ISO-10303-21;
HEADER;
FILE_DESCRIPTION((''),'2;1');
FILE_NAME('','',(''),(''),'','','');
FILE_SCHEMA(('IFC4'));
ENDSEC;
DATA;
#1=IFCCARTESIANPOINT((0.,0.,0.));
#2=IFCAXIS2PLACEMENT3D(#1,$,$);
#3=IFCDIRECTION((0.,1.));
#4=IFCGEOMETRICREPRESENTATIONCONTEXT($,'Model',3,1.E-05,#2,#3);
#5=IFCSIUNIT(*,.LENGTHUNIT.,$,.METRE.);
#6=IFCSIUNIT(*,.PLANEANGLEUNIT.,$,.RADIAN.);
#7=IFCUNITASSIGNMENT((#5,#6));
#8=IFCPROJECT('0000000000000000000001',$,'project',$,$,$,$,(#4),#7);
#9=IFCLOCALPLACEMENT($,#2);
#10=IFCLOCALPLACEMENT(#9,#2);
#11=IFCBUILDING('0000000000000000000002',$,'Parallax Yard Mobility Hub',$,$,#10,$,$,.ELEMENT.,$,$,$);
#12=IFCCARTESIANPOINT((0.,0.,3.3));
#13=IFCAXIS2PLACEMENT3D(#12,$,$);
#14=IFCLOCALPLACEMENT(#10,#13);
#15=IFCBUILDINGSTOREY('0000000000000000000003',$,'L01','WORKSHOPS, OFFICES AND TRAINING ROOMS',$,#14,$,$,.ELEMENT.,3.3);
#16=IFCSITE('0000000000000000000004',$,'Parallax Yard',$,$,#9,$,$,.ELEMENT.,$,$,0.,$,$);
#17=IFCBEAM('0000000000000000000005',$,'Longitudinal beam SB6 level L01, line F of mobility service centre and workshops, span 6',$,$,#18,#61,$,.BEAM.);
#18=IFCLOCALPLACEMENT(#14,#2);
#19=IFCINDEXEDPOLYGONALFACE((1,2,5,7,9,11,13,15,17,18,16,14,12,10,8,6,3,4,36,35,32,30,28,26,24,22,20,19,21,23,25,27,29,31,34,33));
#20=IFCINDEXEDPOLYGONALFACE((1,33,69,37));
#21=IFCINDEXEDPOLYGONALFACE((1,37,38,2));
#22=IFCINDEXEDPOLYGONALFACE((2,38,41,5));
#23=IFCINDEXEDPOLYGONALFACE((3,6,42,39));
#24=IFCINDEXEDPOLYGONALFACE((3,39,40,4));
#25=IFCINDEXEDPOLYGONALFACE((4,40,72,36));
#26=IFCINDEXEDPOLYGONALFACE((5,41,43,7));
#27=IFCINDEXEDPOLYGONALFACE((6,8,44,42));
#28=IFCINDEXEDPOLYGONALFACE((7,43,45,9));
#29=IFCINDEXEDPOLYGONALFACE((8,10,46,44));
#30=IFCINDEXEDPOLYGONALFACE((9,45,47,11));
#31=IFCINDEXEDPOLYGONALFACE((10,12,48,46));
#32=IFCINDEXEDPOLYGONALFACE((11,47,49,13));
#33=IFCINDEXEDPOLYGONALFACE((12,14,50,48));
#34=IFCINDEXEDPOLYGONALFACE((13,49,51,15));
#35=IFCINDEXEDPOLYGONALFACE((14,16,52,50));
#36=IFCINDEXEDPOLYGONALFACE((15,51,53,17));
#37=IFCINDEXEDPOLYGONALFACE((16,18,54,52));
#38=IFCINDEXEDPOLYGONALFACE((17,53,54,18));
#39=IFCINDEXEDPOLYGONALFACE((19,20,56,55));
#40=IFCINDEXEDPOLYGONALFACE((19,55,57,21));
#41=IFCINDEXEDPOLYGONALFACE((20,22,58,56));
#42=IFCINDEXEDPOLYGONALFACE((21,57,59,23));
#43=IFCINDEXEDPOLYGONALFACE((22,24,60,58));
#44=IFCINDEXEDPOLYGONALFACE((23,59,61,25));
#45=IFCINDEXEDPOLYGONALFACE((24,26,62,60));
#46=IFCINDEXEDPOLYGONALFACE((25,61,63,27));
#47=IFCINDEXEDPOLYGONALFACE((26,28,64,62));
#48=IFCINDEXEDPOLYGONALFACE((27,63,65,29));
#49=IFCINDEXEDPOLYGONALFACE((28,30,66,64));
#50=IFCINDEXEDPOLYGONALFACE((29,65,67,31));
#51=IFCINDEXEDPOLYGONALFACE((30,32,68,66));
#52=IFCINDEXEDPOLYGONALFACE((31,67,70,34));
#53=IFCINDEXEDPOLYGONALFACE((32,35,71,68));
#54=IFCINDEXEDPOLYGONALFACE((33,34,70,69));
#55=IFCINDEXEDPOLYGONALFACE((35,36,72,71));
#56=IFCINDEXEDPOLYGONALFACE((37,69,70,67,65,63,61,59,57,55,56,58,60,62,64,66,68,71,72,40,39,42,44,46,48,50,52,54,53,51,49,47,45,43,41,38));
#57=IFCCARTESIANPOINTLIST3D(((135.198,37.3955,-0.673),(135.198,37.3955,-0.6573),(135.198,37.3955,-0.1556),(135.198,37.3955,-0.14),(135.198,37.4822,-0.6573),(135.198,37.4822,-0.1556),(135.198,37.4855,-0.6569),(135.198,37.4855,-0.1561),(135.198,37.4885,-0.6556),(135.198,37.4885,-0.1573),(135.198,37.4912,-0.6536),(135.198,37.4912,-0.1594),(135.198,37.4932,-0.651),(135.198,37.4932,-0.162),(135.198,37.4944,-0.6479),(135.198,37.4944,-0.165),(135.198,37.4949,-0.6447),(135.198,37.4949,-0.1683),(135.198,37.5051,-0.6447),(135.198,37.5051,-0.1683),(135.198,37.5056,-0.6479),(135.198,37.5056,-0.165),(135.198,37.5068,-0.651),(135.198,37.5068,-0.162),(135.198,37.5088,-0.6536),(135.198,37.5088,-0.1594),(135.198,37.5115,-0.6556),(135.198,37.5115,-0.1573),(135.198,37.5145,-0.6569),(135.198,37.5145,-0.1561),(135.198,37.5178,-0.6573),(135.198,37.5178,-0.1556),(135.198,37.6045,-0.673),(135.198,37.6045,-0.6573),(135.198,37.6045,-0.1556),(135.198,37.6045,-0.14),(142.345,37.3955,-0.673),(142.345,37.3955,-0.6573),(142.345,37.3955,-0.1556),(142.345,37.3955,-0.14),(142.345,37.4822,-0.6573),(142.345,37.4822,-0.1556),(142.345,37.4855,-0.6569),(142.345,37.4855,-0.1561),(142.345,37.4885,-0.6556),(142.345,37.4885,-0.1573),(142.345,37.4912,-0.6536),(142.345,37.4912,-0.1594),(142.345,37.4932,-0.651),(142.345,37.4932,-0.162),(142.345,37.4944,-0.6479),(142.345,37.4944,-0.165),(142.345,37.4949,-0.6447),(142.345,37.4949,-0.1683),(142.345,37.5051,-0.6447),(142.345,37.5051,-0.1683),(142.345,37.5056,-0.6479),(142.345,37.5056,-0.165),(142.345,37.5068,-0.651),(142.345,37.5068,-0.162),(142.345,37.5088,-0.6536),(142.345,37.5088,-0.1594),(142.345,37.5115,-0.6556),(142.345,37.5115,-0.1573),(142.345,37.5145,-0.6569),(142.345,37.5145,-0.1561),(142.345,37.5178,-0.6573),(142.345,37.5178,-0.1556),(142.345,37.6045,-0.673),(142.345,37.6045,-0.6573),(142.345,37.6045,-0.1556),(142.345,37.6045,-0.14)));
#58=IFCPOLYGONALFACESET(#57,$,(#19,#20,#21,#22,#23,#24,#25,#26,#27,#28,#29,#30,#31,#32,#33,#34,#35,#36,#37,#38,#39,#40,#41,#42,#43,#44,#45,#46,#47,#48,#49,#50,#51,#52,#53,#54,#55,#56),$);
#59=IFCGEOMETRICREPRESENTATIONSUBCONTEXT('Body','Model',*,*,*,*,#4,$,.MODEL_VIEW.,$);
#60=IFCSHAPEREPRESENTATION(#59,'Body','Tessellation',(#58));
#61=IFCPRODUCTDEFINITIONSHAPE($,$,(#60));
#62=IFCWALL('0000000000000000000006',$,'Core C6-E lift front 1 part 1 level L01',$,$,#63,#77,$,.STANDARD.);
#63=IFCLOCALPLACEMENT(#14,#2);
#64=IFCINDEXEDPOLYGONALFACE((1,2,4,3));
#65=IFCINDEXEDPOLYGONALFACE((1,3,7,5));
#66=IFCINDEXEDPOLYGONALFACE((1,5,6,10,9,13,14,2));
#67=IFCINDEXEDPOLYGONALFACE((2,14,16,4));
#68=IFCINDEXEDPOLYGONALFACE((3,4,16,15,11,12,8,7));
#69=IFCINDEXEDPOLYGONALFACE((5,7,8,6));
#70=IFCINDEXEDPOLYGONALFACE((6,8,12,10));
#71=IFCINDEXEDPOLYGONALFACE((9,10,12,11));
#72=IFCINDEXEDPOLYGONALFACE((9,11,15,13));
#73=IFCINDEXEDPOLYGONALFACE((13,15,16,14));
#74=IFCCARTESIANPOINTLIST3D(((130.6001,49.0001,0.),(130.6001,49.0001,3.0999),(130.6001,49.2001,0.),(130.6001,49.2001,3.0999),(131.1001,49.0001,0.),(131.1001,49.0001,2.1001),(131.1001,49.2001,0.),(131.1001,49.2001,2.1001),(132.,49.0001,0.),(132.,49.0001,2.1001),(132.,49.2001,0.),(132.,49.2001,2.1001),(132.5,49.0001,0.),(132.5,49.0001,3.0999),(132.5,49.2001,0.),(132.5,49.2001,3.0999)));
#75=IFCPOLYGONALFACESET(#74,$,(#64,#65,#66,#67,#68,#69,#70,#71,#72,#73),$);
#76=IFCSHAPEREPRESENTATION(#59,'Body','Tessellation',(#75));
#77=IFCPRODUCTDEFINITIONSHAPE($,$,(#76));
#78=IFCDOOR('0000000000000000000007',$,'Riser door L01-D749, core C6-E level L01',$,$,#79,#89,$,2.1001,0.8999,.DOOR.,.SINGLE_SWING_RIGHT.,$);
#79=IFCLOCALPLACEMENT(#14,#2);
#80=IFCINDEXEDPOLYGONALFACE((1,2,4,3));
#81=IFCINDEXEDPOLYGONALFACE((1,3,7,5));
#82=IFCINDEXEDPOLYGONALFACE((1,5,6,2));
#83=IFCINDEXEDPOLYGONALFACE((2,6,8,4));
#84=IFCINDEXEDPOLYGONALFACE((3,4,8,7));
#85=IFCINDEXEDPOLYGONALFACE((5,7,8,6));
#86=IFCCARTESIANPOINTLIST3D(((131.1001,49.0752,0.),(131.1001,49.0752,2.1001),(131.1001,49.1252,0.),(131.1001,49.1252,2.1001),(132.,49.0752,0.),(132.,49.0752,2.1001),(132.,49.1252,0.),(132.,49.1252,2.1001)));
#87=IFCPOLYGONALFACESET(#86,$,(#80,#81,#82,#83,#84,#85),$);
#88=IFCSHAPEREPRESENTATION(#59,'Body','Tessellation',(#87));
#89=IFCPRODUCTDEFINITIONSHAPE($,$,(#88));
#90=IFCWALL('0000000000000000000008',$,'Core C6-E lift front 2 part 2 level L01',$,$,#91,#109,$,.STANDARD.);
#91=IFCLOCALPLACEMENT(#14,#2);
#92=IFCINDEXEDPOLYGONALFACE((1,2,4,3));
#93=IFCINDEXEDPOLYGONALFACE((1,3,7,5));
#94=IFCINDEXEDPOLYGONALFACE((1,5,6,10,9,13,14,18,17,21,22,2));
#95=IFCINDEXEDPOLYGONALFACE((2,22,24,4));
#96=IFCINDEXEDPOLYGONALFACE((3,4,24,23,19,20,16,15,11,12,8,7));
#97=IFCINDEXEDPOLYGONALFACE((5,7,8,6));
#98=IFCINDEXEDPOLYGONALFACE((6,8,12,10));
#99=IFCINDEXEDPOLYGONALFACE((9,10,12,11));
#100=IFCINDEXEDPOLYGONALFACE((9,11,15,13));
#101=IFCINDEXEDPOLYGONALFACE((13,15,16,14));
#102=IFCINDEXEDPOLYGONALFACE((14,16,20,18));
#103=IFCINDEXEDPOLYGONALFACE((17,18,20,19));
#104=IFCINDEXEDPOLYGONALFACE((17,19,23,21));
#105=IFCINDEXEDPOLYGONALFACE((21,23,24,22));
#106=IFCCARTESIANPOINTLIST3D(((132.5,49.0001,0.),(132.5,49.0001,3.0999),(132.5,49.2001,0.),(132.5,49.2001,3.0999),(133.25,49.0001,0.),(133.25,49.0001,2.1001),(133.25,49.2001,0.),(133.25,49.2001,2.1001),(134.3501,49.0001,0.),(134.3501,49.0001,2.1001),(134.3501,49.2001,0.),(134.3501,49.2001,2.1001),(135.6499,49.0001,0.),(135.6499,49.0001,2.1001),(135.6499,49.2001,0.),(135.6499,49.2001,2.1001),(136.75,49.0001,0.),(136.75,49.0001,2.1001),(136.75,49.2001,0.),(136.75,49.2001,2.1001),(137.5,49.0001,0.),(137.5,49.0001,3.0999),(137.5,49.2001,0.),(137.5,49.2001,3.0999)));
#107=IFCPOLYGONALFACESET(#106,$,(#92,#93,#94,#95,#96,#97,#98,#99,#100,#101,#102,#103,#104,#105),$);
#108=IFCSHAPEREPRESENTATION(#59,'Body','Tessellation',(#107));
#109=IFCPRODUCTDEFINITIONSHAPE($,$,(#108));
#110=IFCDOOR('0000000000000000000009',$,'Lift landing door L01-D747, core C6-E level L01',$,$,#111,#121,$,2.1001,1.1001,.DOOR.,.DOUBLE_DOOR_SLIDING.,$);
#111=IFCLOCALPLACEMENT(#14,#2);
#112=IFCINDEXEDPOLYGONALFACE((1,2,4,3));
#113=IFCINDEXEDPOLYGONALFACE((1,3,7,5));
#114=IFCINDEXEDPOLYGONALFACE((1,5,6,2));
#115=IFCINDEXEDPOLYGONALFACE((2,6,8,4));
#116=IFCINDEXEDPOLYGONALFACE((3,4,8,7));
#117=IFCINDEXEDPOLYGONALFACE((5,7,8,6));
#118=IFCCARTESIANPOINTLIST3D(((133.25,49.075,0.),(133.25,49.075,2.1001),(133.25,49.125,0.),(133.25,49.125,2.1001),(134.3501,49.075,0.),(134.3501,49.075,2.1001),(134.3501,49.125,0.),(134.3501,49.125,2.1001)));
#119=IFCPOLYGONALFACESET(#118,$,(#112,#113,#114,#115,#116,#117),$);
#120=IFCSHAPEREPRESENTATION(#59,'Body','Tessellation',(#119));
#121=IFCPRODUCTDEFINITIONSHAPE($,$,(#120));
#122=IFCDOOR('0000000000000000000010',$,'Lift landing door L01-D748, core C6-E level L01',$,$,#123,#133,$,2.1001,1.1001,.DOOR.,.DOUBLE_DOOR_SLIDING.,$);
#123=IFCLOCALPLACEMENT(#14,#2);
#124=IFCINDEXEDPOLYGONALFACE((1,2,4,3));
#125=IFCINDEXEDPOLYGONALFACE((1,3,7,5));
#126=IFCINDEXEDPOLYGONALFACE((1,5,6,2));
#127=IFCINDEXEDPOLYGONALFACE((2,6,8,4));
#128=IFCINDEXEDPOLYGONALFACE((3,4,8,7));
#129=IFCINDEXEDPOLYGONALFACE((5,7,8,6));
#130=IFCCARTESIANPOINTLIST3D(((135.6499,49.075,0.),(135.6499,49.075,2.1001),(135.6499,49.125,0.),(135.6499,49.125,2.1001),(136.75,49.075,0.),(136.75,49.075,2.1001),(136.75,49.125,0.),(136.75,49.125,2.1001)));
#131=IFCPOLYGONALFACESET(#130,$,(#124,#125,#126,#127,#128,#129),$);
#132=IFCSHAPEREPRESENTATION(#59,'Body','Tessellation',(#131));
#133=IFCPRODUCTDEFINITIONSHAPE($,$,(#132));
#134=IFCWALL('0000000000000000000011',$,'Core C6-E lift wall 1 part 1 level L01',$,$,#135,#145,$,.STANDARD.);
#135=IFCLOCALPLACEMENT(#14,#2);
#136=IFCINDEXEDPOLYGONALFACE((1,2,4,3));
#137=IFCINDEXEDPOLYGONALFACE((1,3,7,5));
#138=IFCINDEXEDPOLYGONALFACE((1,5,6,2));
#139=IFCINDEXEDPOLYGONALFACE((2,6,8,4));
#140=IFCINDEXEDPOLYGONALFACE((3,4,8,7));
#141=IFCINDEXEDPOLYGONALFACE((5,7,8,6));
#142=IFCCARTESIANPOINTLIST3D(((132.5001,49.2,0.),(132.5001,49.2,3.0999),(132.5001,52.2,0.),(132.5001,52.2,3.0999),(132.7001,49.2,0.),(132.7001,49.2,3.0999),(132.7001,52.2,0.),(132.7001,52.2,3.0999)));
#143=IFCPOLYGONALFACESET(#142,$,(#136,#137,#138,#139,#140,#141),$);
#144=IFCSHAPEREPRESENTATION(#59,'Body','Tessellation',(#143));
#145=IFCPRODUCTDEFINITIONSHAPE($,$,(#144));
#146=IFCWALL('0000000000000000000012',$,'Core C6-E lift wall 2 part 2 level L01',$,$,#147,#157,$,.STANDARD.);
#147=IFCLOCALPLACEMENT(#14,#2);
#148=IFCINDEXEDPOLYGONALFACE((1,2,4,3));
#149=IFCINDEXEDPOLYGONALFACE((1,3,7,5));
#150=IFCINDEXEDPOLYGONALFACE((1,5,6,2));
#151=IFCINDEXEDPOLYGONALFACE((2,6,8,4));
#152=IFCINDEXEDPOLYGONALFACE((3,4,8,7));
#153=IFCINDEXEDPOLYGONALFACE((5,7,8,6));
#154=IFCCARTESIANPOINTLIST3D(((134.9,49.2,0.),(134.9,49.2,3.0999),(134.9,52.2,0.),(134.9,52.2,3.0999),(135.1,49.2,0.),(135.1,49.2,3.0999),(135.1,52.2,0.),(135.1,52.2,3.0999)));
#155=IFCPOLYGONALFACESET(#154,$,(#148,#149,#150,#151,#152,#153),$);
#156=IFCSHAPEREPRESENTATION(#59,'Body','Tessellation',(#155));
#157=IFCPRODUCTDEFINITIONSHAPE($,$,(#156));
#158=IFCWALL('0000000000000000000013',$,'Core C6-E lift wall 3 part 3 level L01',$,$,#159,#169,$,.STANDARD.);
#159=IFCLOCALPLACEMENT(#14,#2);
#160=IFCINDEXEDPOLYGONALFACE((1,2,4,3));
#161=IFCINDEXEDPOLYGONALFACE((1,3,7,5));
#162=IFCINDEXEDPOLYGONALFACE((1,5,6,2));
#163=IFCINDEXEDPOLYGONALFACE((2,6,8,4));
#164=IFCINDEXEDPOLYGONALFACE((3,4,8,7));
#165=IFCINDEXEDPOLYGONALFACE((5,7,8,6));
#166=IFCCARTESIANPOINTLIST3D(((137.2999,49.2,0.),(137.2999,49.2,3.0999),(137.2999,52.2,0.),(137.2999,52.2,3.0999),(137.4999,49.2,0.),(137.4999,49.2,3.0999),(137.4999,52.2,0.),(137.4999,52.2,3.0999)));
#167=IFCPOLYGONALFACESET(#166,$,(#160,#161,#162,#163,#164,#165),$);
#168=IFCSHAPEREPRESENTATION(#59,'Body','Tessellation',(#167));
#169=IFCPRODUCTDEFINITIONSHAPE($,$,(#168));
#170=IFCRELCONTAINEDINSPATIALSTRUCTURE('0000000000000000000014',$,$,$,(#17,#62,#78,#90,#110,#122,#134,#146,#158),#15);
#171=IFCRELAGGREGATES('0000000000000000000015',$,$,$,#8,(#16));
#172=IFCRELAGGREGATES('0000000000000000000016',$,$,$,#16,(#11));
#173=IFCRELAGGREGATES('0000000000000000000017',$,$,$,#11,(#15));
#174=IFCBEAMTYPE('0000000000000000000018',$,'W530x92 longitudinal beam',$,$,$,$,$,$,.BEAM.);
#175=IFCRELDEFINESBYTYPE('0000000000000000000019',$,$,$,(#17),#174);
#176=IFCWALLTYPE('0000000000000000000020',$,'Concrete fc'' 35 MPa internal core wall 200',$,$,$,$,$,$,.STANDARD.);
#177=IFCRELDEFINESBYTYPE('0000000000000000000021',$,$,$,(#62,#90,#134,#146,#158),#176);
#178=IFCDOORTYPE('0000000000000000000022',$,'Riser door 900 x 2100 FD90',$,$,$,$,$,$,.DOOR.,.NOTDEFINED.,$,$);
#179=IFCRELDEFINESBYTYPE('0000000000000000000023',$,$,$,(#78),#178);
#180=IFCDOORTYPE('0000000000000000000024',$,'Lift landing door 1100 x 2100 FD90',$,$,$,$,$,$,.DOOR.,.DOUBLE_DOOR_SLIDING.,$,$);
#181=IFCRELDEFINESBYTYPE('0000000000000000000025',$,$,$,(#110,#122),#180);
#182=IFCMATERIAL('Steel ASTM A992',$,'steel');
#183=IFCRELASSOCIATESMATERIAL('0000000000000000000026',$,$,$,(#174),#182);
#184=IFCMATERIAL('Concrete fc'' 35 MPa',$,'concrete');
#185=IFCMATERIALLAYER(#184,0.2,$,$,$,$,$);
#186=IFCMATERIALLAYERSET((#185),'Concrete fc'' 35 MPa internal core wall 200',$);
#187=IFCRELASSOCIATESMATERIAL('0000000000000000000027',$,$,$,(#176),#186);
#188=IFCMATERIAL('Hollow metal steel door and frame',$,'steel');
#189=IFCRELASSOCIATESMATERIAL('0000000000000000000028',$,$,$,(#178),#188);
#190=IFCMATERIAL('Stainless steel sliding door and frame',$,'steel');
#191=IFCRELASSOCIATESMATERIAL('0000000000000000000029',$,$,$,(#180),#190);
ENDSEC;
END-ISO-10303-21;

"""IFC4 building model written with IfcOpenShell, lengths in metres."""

from ifc_helpers import new_model, si_unit, direction, frame, frame_2d, origin, origin_2d, place, context, subcontext, project, spatial, rectangle, i_section, extrude, material, layer, layer_set, material_profile, profile_set, type_object, element, fill, save


model = new_model("IFC4")

# Units and contexts
model_context = context("Model", 3, precision=1e-05, world=origin(), true_north=direction((0.0, 1.0)))
body_context = subcontext(model_context, "Body", "Model", "MODEL_VIEW")
ifc_project = project(units=[si_unit("LENGTHUNIT", "METRE"), si_unit("PLANEANGLEUNIT", "RADIAN")], contexts=[model_context])

# Site, building, storey
site_placement = place(None, origin())
site = spatial("IfcSite", under=ifc_project, at=site_placement, Name="Parallax Yard", CompositionType="ELEMENT", RefElevation=0.0)
building_placement = place(site_placement, origin())
building = spatial("IfcBuilding", under=site, at=building_placement, Name="Parallax Yard Mobility Hub", CompositionType="ELEMENT")
storey_placement = place(building_placement, frame((0.0, 0.0, 3.3)))
storey = spatial("IfcBuildingStorey", under=building, at=storey_placement, Name="L01", Description="WORKSHOPS, OFFICES AND TRAINING ROOMS", CompositionType="ELEMENT", Elevation=3.3)

# Shared definitions
ifc_material_1 = material(Name="Steel ASTM A992", Category="steel")

# Beam
ifc_material_profile_1 = material_profile(ifc_material_1, i_section(OverallWidth=0.209, OverallDepth=0.533, WebThickness=0.0103, FlangeThickness=0.0156, FilletRadius=0.0127, at=origin_2d()), Name="W530x92")
ifc_profile_set_1 = profile_set([ifc_material_profile_1], Name="Steel ASTM A992")
beam_type_1 = type_object("IfcBeamType", Name="W530x92 longitudinal beam", PredefinedType="BEAM", material=ifc_profile_set_1)
beam_1_placement = place(storey_placement, frame((135.198, 37.5, -0.4065), z_axis=(1.0, 0.0, 0.0), x_axis=(0.0, 1.0, 0.0)))
element("IfcBeam", 1, at=beam_1_placement, inside=storey, type_object=beam_type_1, Name="Longitudinal beam SB6 level L01, line F of mobility service centre and workshops, span 6", PredefinedType="BEAM", context=body_context, shape_type="SweptSolid", body=[
    extrude(i_section(OverallWidth=0.209, OverallDepth=0.533, WebThickness=0.0103, FlangeThickness=0.0156, FilletRadius=0.0127, at=origin_2d()), origin(), (0.0, 0.0, 1.0), 7.147),
])

# Wall, opening, door
ifc_material_2 = material(Name="Concrete fc' 35 MPa", Category="concrete")
ifc_layer_1 = layer(ifc_material_2, 0.2)
ifc_layer_set_1 = layer_set([ifc_layer_1], Name="Concrete fc' 35 MPa internal core wall 200")
wall_type_1 = type_object("IfcWallType", Name="Concrete fc' 35 MPa internal core wall 200", PredefinedType="STANDARD", material=ifc_layer_set_1)
wall_1_placement = place(storey_placement, frame((132.5, 49.1001, 0.0), z_axis=(0.0, 0.0, 1.0), x_axis=(-1.0, 0.0, 0.0)))
wall_1 = element("IfcWall", 2, at=wall_1_placement, inside=storey, type_object=wall_type_1, Name="Core C6-E lift front 1 part 1 level L01", PredefinedType="STANDARD", context=body_context, shape_type="SweptSolid", body=[
    extrude(rectangle(XDim=1.8999, YDim=0.2, at=frame_2d((0.95, 0.0))), origin(), (0.0, 0.0, 1.0), 3.0999),
])
opening_1_placement = place(wall_1_placement, frame((0.5, 0.0, 0.0)))
opening_1 = element("IfcOpeningElement", 3, at=opening_1_placement, cuts=wall_1, PredefinedType="OPENING", context=body_context, shape_type="SweptSolid", body=[
    extrude(rectangle(XDim=0.8999, YDim=2.1001, at=frame_2d((0.45, 1.05))), frame((0.0, 0.1099, 0.0), z_axis=(0.0, -1.0, 0.0), x_axis=(1.0, 0.0, 0.0)), (0.0, 0.0, 1.0), 0.22),
])
ifc_material_3 = material(Name="Hollow metal steel door and frame", Category="steel")
door_type_1 = type_object("IfcDoorType", Name="Riser door 900 x 2100 FD90", OperationType="NOTDEFINED", PredefinedType="DOOR", material=ifc_material_3)
door_1_placement = place(opening_1_placement, origin())
door_1 = element("IfcDoor", 4, at=door_1_placement, inside=storey, type_object=door_type_1, Name="Riser door L01-D749, core C6-E level L01", OperationType="SINGLE_SWING_RIGHT", OverallHeight=2.1001, OverallWidth=0.8999, PredefinedType="DOOR", context=body_context, shape_type="SweptSolid", body=[
    extrude(rectangle(XDim=0.8999, YDim=2.1001, at=frame_2d((0.45, 1.05))), frame((0.0, 0.0249, 0.0), z_axis=(0.0, -1.0, 0.0), x_axis=(1.0, 0.0, 0.0)), (0.0, 0.0, 1.0), 0.05),
])
fill(opening_1, door_1)

# Wall, openings, doors
wall_2_placement = place(storey_placement, frame((132.5, 49.1001, 0.0), z_axis=(0.0, 0.0, 1.0), x_axis=(1.0, 0.0, 0.0)))
wall_2 = element("IfcWall", 5, at=wall_2_placement, inside=storey, type_object=wall_type_1, Name="Core C6-E lift front 2 part 2 level L01", PredefinedType="STANDARD", context=body_context, shape_type="SweptSolid", body=[
    extrude(rectangle(XDim=5.0, YDim=0.2, at=frame_2d((2.5, 0.0))), origin(), (0.0, 0.0, 1.0), 3.0999),
])
opening_2_placement = place(wall_2_placement, frame((0.75, 0.0, 0.0)))
opening_2 = element("IfcOpeningElement", 6, at=opening_2_placement, cuts=wall_2, PredefinedType="OPENING", context=body_context, shape_type="SweptSolid", body=[
    extrude(rectangle(XDim=1.1001, YDim=2.1001, at=frame_2d((0.55, 1.05))), frame((0.0, 0.1099, 0.0), z_axis=(0.0, -1.0, 0.0), x_axis=(1.0, 0.0, 0.0)), (0.0, 0.0, 1.0), 0.22),
])
opening_3_placement = place(wall_2_placement, frame((3.1499, 0.0, 0.0)))
opening_3 = element("IfcOpeningElement", 7, at=opening_3_placement, cuts=wall_2, PredefinedType="OPENING", context=body_context, shape_type="SweptSolid", body=[
    extrude(rectangle(XDim=1.1001, YDim=2.1001, at=frame_2d((0.55, 1.05))), frame((0.0, 0.1099, 0.0), z_axis=(0.0, -1.0, 0.0), x_axis=(1.0, 0.0, 0.0)), (0.0, 0.0, 1.0), 0.22),
])
ifc_material_4 = material(Name="Stainless steel sliding door and frame", Category="steel")
door_type_2 = type_object("IfcDoorType", Name="Lift landing door 1100 x 2100 FD90", OperationType="DOUBLE_DOOR_SLIDING", PredefinedType="DOOR", material=ifc_material_4)
door_2_placement = place(opening_2_placement, origin())
door_2 = element("IfcDoor", 8, at=door_2_placement, inside=storey, type_object=door_type_2, Name="Lift landing door L01-D747, core C6-E level L01", OperationType="DOUBLE_DOOR_SLIDING", OverallHeight=2.1001, OverallWidth=1.1001, PredefinedType="DOOR", context=body_context, shape_type="SweptSolid", body=[
    extrude(rectangle(XDim=1.1001, YDim=2.1001, at=frame_2d((0.55, 1.05))), frame((0.0, 0.0249, 0.0), z_axis=(0.0, -1.0, 0.0), x_axis=(1.0, 0.0, 0.0)), (0.0, 0.0, 1.0), 0.05),
])
fill(opening_2, door_2)
door_3_placement = place(opening_3_placement, origin())
door_3 = element("IfcDoor", 9, at=door_3_placement, inside=storey, type_object=door_type_2, Name="Lift landing door L01-D748, core C6-E level L01", OperationType="DOUBLE_DOOR_SLIDING", OverallHeight=2.1001, OverallWidth=1.1001, PredefinedType="DOOR", context=body_context, shape_type="SweptSolid", body=[
    extrude(rectangle(XDim=1.1001, YDim=2.1001, at=frame_2d((0.55, 1.05))), frame((0.0, 0.0249, 0.0), z_axis=(0.0, -1.0, 0.0), x_axis=(1.0, 0.0, 0.0)), (0.0, 0.0, 1.0), 0.05),
])
fill(opening_3, door_3)

# Walls
for number, where, z_axis, x_axis, name in (
    (10, (132.6001, 49.2, 0.0), (0.0, 0.0, 1.0), (0.0, 1.0, 0.0), "Core C6-E lift wall 1 part 1 level L01"),
    (11, (135.0, 49.2, 0.0), (0.0, 0.0, 1.0), (0.0, 1.0, 0.0), "Core C6-E lift wall 2 part 2 level L01"),
    (12, (137.3999, 49.2, 0.0), (0.0, 0.0, 1.0), (0.0, 1.0, 0.0), "Core C6-E lift wall 3 part 3 level L01"),
):
    element("IfcWall", number, at=place(storey_placement, frame(where, z_axis=z_axis, x_axis=x_axis)), inside=storey, type_object=wall_type_1, Name=name, PredefinedType="STANDARD", context=body_context, shape_type="SweptSolid", body=[
        extrude(rectangle(XDim=3.0, YDim=0.2, at=frame_2d((1.5, 0.0))), origin(), (0.0, 0.0, 1.0), 3.0999),
    ])

save(model, "model.ifc")
